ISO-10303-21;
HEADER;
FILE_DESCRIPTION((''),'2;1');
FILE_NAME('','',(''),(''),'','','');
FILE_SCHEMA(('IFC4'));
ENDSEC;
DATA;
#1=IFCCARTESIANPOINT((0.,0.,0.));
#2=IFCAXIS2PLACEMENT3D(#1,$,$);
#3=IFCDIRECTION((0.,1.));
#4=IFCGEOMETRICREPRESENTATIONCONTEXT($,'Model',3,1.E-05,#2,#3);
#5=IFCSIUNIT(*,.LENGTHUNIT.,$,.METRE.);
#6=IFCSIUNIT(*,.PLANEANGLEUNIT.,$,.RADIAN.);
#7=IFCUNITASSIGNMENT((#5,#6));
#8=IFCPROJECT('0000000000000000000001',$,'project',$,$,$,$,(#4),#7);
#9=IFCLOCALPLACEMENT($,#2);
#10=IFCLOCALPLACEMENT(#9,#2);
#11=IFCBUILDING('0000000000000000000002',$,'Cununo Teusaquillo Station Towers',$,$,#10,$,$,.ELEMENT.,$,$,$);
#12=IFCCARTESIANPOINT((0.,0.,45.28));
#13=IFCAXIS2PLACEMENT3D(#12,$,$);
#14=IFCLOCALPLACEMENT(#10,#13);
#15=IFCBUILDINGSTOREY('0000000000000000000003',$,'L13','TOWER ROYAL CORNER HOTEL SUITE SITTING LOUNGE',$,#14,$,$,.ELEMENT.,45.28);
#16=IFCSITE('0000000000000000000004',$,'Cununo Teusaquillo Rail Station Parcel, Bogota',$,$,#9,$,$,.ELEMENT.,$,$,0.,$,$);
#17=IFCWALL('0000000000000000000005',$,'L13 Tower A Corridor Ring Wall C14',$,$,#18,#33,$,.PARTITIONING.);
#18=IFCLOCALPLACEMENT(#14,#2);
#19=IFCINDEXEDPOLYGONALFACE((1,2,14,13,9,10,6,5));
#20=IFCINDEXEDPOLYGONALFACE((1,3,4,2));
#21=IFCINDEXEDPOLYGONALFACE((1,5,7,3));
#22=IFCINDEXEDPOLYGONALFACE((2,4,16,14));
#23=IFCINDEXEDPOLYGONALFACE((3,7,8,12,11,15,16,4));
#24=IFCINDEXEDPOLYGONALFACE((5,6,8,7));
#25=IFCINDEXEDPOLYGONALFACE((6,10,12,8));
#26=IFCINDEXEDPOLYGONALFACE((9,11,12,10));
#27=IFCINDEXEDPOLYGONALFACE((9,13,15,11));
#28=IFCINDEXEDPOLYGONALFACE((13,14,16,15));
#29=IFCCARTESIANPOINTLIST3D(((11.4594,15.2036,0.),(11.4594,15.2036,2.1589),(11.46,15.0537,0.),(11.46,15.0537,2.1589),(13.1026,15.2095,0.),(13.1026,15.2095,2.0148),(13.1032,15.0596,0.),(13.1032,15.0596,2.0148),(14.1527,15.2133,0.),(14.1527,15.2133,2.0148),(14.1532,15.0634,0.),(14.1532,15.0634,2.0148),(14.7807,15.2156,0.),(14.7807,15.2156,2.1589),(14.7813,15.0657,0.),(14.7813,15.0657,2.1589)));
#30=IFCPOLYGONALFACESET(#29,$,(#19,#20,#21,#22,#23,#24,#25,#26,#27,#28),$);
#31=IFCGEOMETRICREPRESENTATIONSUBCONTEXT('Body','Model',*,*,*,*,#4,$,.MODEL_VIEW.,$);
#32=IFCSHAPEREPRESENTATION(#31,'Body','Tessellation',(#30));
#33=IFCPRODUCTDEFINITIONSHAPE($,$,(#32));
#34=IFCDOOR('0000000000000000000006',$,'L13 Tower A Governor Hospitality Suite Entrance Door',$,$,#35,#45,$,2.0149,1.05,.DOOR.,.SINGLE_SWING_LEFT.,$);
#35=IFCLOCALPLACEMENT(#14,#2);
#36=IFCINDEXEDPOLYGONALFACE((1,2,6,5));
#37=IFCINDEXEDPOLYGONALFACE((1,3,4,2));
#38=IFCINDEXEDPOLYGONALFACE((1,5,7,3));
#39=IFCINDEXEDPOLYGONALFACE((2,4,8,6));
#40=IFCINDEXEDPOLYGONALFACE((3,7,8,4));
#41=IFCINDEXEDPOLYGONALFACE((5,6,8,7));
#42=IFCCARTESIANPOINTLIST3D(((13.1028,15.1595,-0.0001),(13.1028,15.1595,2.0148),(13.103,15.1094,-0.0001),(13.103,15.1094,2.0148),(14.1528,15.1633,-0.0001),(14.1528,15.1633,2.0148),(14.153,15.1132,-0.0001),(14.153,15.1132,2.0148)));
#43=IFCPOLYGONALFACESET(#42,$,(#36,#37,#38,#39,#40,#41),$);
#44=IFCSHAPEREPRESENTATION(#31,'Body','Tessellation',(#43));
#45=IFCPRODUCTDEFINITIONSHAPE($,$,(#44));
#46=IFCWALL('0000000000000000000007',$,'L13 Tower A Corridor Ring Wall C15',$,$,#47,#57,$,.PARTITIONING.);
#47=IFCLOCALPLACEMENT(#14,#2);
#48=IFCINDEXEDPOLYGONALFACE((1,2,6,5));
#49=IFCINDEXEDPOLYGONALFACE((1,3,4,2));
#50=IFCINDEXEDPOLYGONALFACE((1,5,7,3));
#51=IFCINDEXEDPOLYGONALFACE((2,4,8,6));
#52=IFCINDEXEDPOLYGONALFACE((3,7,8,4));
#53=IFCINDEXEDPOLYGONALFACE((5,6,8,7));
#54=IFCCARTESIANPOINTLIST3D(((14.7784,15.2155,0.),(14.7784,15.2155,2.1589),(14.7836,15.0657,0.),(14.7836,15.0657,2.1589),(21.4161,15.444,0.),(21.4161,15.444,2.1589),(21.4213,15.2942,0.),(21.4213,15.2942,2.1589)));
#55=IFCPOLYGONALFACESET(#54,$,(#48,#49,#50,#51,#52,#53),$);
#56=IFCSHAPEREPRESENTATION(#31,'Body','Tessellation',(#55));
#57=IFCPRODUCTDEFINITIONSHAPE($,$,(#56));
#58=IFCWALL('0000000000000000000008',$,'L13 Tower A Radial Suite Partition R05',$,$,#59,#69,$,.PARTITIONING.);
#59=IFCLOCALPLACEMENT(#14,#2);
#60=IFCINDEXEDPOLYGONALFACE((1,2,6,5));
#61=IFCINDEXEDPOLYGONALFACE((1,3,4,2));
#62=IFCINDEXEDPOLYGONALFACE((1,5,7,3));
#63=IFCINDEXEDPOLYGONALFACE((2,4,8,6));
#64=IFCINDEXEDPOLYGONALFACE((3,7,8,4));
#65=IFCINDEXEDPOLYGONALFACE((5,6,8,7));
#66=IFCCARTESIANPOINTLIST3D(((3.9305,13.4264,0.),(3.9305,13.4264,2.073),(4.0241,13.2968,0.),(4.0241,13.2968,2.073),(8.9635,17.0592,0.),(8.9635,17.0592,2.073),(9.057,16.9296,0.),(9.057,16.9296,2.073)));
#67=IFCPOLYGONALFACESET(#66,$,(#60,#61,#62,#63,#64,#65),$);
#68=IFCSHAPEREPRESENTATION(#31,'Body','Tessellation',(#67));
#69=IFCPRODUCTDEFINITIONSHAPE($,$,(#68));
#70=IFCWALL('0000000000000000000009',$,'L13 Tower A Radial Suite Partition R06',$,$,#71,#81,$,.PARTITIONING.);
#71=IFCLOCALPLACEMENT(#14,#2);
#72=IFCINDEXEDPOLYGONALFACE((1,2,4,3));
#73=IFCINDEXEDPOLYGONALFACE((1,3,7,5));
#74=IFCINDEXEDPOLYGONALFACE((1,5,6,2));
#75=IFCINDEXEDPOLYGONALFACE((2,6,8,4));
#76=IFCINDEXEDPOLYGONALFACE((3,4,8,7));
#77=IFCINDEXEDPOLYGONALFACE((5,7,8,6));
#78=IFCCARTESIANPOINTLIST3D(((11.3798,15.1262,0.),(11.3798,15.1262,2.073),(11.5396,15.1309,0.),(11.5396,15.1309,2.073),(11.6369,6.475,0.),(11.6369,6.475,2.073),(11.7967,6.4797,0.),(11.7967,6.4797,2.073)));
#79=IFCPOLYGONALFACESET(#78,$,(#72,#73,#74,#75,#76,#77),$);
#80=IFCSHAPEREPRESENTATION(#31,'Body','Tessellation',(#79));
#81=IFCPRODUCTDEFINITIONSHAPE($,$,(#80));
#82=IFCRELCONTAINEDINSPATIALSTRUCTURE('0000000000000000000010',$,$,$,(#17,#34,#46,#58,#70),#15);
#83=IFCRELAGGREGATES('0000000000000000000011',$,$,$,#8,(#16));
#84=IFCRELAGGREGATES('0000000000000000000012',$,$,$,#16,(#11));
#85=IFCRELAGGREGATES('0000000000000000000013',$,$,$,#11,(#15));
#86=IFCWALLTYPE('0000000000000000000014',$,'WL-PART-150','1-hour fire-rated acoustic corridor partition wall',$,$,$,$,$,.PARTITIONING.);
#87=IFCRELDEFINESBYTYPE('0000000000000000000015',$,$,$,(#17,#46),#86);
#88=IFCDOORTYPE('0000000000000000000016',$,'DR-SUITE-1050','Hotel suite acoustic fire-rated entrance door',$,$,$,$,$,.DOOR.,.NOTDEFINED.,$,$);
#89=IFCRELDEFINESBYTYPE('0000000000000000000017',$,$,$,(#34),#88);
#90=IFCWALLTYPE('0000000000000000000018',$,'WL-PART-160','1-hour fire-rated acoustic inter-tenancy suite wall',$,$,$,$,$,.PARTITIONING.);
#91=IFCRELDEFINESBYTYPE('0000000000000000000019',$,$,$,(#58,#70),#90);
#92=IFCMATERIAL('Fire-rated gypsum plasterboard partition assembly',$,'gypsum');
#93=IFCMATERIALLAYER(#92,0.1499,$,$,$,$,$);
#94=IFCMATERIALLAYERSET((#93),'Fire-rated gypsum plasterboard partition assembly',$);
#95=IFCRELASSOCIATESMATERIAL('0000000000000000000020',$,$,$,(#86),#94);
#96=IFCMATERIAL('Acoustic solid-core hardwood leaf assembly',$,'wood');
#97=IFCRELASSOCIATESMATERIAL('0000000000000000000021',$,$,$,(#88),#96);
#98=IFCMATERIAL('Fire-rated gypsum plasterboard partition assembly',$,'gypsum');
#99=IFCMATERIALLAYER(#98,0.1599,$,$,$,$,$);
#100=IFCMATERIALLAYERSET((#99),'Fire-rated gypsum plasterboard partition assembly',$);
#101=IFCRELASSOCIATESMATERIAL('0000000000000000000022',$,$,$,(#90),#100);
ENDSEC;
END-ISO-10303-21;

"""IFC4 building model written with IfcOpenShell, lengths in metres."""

from ifc_helpers import new_model, si_unit, direction, frame, frame_2d, origin, place, context, subcontext, project, spatial, rectangle, extrude, source, transform, mapped, material, layer, layer_set, type_object, element, fill, save


model = new_model("IFC4")

# Units and contexts
model_context = context("Model", 3, precision=1e-05, world=origin(), true_north=direction((0.0, 1.0)))
body_context = subcontext(model_context, "Body", "Model", "MODEL_VIEW")
ifc_project = project(units=[si_unit("LENGTHUNIT", "METRE"), si_unit("PLANEANGLEUNIT", "RADIAN")], contexts=[model_context])

# Site, building, storey
site_placement = place(None, origin())
site = spatial("IfcSite", under=ifc_project, at=site_placement, Name="Cununo Teusaquillo Rail Station Parcel, Bogota", CompositionType="ELEMENT", RefElevation=0.0)
building_placement = place(site_placement, origin())
building = spatial("IfcBuilding", under=site, at=building_placement, Name="Cununo Teusaquillo Station Towers", CompositionType="ELEMENT")
storey_placement = place(building_placement, frame((0.0, 0.0, 45.28)))
storey = spatial("IfcBuildingStorey", under=building, at=storey_placement, Name="L13", Description="TOWER ROYAL CORNER HOTEL SUITE SITTING LOUNGE", CompositionType="ELEMENT", Elevation=45.28)

# Shared definitions
ifc_material_1 = material(Name="Fire-rated gypsum plasterboard partition assembly", Category="gypsum")
ifc_layer_1 = layer(ifc_material_1, 0.1499)
ifc_layer_set_1 = layer_set([ifc_layer_1], Name="Fire-rated gypsum plasterboard partition assembly")
wall_type_1 = type_object("IfcWallType", Name="WL-PART-150", Description="1-hour fire-rated acoustic corridor partition wall", PredefinedType="PARTITIONING", material=ifc_layer_set_1)
shared_shape_1 = source(origin(), body_context, "Body", "SweptSolid", [
    extrude(rectangle(XDim=1.05, YDim=2.0149, at=frame_2d((0.5249, 1.0073))), frame((0.0, 0.085, 0.0), z_axis=(0.0, -1.0, 0.0), x_axis=(1.0, 0.0, 0.0)), (0.0, 0.0, 1.0), 0.1699),
])
ifc_material_2 = material(Name="Acoustic solid-core hardwood leaf assembly", Category="wood")
door_type_1 = type_object("IfcDoorType", Name="DR-SUITE-1050", Description="Hotel suite acoustic fire-rated entrance door", OperationType="NOTDEFINED", PredefinedType="DOOR", material=ifc_material_2)
shared_shape_2 = source(origin(), body_context, "Body", "SweptSolid", [
    extrude(rectangle(XDim=1.05, YDim=2.0149, at=frame_2d((0.5249, 1.0073))), frame((0.0, 0.0249, 0.0), z_axis=(0.0, -1.0, 0.0), x_axis=(1.0, 0.0, 0.0)), (0.0, 0.0, 1.0), 0.05),
])

# Wall, opening, door
wall_1_placement = place(storey_placement, frame((11.4597, 15.1287, 0.0), z_axis=(0.0, 0.0, 1.0), x_axis=(0.999994, 0.003602, 0.0)))
wall_1 = element("IfcWall", 1, at=wall_1_placement, inside=storey, type_object=wall_type_1, Name="L13 Tower A Corridor Ring Wall C14", PredefinedType="PARTITIONING", context=body_context, shape_type="SweptSolid", body=[
    extrude(rectangle(XDim=3.3213, YDim=0.1499, at=frame_2d((1.6606, 0.0))), origin(), (0.0, 0.0, 1.0), 2.1589),
])
opening_1_placement = place(wall_1_placement, frame((1.6433, 0.0, 0.0)))
opening_1 = element("IfcOpeningElement", 2, at=opening_1_placement, cuts=wall_1, PredefinedType="OPENING", context=body_context, shape_type="MappedRepresentation", body=[
    mapped(shared_shape_1, transform((0.0, 0.0, 0.0), x_axis=(1.0, 0.0, 0.0), y_axis=(0.0, 1.0, 0.0), z_axis=(0.0, 0.0, 1.0), scale=1.0)),
])
door_1_placement = place(opening_1_placement, origin())
door_1 = element("IfcDoor", 3, at=door_1_placement, inside=storey, type_object=door_type_1, Name="L13 Tower A Governor Hospitality Suite Entrance Door", OperationType="SINGLE_SWING_LEFT", OverallHeight=2.0149, OverallWidth=1.05, PredefinedType="DOOR", context=body_context, shape_type="MappedRepresentation", body=[
    mapped(shared_shape_2, transform((0.0, 0.0, 0.0), x_axis=(1.0, 0.0, 0.0), y_axis=(0.0, 1.0, 0.0), z_axis=(0.0, 0.0, 1.0), scale=1.0)),
])
fill(opening_1, door_1)

# Walls
wall_2_placement = place(storey_placement, frame((14.781, 15.1406, 0.0), z_axis=(0.0, 0.0, 1.0), x_axis=(0.999408, 0.034407, 0.0)))
element("IfcWall", 4, at=wall_2_placement, inside=storey, type_object=wall_type_1, Name="L13 Tower A Corridor Ring Wall C15", PredefinedType="PARTITIONING", context=body_context, shape_type="SweptSolid", body=[
    extrude(rectangle(XDim=6.6416, YDim=0.1499, at=frame_2d((3.3208, 0.0))), origin(), (0.0, 0.0, 1.0), 2.1589),
])
ifc_material_3 = material(Name="Fire-rated gypsum plasterboard partition assembly", Category="gypsum")
ifc_layer_2 = layer(ifc_material_3, 0.1599)
ifc_layer_set_2 = layer_set([ifc_layer_2], Name="Fire-rated gypsum plasterboard partition assembly")
wall_type_2 = type_object("IfcWallType", Name="WL-PART-160", Description="1-hour fire-rated acoustic inter-tenancy suite wall", PredefinedType="PARTITIONING", material=ifc_layer_set_2)
wall_3_placement = place(storey_placement, frame((9.0103, 16.9944, 0.0), z_axis=(0.0, 0.0, 1.0), x_axis=(-0.81084, -0.585268, 0.0)))
element("IfcWall", 5, at=wall_3_placement, inside=storey, type_object=wall_type_2, Name="L13 Tower A Radial Suite Partition R05", PredefinedType="PARTITIONING", context=body_context, shape_type="SweptSolid", body=[
    extrude(rectangle(XDim=6.207, YDim=0.1599, at=frame_2d((3.1035, 0.0))), origin(), (0.0, 0.0, 1.0), 2.073),
])
wall_4_placement = place(storey_placement, frame((11.4597, 15.1287, 0.0), z_axis=(0.0, 0.0, 1.0), x_axis=(0.029703, -0.999559, 0.0)))
element("IfcWall", 6, at=wall_4_placement, inside=storey, type_object=wall_type_2, Name="L13 Tower A Radial Suite Partition R06", PredefinedType="PARTITIONING", context=body_context, shape_type="SweptSolid", body=[
    extrude(rectangle(XDim=8.655, YDim=0.1599, at=frame_2d((4.3276, 0.0))), origin(), (0.0, 0.0, 1.0), 2.073),
])

save(model, "model.ifc")
